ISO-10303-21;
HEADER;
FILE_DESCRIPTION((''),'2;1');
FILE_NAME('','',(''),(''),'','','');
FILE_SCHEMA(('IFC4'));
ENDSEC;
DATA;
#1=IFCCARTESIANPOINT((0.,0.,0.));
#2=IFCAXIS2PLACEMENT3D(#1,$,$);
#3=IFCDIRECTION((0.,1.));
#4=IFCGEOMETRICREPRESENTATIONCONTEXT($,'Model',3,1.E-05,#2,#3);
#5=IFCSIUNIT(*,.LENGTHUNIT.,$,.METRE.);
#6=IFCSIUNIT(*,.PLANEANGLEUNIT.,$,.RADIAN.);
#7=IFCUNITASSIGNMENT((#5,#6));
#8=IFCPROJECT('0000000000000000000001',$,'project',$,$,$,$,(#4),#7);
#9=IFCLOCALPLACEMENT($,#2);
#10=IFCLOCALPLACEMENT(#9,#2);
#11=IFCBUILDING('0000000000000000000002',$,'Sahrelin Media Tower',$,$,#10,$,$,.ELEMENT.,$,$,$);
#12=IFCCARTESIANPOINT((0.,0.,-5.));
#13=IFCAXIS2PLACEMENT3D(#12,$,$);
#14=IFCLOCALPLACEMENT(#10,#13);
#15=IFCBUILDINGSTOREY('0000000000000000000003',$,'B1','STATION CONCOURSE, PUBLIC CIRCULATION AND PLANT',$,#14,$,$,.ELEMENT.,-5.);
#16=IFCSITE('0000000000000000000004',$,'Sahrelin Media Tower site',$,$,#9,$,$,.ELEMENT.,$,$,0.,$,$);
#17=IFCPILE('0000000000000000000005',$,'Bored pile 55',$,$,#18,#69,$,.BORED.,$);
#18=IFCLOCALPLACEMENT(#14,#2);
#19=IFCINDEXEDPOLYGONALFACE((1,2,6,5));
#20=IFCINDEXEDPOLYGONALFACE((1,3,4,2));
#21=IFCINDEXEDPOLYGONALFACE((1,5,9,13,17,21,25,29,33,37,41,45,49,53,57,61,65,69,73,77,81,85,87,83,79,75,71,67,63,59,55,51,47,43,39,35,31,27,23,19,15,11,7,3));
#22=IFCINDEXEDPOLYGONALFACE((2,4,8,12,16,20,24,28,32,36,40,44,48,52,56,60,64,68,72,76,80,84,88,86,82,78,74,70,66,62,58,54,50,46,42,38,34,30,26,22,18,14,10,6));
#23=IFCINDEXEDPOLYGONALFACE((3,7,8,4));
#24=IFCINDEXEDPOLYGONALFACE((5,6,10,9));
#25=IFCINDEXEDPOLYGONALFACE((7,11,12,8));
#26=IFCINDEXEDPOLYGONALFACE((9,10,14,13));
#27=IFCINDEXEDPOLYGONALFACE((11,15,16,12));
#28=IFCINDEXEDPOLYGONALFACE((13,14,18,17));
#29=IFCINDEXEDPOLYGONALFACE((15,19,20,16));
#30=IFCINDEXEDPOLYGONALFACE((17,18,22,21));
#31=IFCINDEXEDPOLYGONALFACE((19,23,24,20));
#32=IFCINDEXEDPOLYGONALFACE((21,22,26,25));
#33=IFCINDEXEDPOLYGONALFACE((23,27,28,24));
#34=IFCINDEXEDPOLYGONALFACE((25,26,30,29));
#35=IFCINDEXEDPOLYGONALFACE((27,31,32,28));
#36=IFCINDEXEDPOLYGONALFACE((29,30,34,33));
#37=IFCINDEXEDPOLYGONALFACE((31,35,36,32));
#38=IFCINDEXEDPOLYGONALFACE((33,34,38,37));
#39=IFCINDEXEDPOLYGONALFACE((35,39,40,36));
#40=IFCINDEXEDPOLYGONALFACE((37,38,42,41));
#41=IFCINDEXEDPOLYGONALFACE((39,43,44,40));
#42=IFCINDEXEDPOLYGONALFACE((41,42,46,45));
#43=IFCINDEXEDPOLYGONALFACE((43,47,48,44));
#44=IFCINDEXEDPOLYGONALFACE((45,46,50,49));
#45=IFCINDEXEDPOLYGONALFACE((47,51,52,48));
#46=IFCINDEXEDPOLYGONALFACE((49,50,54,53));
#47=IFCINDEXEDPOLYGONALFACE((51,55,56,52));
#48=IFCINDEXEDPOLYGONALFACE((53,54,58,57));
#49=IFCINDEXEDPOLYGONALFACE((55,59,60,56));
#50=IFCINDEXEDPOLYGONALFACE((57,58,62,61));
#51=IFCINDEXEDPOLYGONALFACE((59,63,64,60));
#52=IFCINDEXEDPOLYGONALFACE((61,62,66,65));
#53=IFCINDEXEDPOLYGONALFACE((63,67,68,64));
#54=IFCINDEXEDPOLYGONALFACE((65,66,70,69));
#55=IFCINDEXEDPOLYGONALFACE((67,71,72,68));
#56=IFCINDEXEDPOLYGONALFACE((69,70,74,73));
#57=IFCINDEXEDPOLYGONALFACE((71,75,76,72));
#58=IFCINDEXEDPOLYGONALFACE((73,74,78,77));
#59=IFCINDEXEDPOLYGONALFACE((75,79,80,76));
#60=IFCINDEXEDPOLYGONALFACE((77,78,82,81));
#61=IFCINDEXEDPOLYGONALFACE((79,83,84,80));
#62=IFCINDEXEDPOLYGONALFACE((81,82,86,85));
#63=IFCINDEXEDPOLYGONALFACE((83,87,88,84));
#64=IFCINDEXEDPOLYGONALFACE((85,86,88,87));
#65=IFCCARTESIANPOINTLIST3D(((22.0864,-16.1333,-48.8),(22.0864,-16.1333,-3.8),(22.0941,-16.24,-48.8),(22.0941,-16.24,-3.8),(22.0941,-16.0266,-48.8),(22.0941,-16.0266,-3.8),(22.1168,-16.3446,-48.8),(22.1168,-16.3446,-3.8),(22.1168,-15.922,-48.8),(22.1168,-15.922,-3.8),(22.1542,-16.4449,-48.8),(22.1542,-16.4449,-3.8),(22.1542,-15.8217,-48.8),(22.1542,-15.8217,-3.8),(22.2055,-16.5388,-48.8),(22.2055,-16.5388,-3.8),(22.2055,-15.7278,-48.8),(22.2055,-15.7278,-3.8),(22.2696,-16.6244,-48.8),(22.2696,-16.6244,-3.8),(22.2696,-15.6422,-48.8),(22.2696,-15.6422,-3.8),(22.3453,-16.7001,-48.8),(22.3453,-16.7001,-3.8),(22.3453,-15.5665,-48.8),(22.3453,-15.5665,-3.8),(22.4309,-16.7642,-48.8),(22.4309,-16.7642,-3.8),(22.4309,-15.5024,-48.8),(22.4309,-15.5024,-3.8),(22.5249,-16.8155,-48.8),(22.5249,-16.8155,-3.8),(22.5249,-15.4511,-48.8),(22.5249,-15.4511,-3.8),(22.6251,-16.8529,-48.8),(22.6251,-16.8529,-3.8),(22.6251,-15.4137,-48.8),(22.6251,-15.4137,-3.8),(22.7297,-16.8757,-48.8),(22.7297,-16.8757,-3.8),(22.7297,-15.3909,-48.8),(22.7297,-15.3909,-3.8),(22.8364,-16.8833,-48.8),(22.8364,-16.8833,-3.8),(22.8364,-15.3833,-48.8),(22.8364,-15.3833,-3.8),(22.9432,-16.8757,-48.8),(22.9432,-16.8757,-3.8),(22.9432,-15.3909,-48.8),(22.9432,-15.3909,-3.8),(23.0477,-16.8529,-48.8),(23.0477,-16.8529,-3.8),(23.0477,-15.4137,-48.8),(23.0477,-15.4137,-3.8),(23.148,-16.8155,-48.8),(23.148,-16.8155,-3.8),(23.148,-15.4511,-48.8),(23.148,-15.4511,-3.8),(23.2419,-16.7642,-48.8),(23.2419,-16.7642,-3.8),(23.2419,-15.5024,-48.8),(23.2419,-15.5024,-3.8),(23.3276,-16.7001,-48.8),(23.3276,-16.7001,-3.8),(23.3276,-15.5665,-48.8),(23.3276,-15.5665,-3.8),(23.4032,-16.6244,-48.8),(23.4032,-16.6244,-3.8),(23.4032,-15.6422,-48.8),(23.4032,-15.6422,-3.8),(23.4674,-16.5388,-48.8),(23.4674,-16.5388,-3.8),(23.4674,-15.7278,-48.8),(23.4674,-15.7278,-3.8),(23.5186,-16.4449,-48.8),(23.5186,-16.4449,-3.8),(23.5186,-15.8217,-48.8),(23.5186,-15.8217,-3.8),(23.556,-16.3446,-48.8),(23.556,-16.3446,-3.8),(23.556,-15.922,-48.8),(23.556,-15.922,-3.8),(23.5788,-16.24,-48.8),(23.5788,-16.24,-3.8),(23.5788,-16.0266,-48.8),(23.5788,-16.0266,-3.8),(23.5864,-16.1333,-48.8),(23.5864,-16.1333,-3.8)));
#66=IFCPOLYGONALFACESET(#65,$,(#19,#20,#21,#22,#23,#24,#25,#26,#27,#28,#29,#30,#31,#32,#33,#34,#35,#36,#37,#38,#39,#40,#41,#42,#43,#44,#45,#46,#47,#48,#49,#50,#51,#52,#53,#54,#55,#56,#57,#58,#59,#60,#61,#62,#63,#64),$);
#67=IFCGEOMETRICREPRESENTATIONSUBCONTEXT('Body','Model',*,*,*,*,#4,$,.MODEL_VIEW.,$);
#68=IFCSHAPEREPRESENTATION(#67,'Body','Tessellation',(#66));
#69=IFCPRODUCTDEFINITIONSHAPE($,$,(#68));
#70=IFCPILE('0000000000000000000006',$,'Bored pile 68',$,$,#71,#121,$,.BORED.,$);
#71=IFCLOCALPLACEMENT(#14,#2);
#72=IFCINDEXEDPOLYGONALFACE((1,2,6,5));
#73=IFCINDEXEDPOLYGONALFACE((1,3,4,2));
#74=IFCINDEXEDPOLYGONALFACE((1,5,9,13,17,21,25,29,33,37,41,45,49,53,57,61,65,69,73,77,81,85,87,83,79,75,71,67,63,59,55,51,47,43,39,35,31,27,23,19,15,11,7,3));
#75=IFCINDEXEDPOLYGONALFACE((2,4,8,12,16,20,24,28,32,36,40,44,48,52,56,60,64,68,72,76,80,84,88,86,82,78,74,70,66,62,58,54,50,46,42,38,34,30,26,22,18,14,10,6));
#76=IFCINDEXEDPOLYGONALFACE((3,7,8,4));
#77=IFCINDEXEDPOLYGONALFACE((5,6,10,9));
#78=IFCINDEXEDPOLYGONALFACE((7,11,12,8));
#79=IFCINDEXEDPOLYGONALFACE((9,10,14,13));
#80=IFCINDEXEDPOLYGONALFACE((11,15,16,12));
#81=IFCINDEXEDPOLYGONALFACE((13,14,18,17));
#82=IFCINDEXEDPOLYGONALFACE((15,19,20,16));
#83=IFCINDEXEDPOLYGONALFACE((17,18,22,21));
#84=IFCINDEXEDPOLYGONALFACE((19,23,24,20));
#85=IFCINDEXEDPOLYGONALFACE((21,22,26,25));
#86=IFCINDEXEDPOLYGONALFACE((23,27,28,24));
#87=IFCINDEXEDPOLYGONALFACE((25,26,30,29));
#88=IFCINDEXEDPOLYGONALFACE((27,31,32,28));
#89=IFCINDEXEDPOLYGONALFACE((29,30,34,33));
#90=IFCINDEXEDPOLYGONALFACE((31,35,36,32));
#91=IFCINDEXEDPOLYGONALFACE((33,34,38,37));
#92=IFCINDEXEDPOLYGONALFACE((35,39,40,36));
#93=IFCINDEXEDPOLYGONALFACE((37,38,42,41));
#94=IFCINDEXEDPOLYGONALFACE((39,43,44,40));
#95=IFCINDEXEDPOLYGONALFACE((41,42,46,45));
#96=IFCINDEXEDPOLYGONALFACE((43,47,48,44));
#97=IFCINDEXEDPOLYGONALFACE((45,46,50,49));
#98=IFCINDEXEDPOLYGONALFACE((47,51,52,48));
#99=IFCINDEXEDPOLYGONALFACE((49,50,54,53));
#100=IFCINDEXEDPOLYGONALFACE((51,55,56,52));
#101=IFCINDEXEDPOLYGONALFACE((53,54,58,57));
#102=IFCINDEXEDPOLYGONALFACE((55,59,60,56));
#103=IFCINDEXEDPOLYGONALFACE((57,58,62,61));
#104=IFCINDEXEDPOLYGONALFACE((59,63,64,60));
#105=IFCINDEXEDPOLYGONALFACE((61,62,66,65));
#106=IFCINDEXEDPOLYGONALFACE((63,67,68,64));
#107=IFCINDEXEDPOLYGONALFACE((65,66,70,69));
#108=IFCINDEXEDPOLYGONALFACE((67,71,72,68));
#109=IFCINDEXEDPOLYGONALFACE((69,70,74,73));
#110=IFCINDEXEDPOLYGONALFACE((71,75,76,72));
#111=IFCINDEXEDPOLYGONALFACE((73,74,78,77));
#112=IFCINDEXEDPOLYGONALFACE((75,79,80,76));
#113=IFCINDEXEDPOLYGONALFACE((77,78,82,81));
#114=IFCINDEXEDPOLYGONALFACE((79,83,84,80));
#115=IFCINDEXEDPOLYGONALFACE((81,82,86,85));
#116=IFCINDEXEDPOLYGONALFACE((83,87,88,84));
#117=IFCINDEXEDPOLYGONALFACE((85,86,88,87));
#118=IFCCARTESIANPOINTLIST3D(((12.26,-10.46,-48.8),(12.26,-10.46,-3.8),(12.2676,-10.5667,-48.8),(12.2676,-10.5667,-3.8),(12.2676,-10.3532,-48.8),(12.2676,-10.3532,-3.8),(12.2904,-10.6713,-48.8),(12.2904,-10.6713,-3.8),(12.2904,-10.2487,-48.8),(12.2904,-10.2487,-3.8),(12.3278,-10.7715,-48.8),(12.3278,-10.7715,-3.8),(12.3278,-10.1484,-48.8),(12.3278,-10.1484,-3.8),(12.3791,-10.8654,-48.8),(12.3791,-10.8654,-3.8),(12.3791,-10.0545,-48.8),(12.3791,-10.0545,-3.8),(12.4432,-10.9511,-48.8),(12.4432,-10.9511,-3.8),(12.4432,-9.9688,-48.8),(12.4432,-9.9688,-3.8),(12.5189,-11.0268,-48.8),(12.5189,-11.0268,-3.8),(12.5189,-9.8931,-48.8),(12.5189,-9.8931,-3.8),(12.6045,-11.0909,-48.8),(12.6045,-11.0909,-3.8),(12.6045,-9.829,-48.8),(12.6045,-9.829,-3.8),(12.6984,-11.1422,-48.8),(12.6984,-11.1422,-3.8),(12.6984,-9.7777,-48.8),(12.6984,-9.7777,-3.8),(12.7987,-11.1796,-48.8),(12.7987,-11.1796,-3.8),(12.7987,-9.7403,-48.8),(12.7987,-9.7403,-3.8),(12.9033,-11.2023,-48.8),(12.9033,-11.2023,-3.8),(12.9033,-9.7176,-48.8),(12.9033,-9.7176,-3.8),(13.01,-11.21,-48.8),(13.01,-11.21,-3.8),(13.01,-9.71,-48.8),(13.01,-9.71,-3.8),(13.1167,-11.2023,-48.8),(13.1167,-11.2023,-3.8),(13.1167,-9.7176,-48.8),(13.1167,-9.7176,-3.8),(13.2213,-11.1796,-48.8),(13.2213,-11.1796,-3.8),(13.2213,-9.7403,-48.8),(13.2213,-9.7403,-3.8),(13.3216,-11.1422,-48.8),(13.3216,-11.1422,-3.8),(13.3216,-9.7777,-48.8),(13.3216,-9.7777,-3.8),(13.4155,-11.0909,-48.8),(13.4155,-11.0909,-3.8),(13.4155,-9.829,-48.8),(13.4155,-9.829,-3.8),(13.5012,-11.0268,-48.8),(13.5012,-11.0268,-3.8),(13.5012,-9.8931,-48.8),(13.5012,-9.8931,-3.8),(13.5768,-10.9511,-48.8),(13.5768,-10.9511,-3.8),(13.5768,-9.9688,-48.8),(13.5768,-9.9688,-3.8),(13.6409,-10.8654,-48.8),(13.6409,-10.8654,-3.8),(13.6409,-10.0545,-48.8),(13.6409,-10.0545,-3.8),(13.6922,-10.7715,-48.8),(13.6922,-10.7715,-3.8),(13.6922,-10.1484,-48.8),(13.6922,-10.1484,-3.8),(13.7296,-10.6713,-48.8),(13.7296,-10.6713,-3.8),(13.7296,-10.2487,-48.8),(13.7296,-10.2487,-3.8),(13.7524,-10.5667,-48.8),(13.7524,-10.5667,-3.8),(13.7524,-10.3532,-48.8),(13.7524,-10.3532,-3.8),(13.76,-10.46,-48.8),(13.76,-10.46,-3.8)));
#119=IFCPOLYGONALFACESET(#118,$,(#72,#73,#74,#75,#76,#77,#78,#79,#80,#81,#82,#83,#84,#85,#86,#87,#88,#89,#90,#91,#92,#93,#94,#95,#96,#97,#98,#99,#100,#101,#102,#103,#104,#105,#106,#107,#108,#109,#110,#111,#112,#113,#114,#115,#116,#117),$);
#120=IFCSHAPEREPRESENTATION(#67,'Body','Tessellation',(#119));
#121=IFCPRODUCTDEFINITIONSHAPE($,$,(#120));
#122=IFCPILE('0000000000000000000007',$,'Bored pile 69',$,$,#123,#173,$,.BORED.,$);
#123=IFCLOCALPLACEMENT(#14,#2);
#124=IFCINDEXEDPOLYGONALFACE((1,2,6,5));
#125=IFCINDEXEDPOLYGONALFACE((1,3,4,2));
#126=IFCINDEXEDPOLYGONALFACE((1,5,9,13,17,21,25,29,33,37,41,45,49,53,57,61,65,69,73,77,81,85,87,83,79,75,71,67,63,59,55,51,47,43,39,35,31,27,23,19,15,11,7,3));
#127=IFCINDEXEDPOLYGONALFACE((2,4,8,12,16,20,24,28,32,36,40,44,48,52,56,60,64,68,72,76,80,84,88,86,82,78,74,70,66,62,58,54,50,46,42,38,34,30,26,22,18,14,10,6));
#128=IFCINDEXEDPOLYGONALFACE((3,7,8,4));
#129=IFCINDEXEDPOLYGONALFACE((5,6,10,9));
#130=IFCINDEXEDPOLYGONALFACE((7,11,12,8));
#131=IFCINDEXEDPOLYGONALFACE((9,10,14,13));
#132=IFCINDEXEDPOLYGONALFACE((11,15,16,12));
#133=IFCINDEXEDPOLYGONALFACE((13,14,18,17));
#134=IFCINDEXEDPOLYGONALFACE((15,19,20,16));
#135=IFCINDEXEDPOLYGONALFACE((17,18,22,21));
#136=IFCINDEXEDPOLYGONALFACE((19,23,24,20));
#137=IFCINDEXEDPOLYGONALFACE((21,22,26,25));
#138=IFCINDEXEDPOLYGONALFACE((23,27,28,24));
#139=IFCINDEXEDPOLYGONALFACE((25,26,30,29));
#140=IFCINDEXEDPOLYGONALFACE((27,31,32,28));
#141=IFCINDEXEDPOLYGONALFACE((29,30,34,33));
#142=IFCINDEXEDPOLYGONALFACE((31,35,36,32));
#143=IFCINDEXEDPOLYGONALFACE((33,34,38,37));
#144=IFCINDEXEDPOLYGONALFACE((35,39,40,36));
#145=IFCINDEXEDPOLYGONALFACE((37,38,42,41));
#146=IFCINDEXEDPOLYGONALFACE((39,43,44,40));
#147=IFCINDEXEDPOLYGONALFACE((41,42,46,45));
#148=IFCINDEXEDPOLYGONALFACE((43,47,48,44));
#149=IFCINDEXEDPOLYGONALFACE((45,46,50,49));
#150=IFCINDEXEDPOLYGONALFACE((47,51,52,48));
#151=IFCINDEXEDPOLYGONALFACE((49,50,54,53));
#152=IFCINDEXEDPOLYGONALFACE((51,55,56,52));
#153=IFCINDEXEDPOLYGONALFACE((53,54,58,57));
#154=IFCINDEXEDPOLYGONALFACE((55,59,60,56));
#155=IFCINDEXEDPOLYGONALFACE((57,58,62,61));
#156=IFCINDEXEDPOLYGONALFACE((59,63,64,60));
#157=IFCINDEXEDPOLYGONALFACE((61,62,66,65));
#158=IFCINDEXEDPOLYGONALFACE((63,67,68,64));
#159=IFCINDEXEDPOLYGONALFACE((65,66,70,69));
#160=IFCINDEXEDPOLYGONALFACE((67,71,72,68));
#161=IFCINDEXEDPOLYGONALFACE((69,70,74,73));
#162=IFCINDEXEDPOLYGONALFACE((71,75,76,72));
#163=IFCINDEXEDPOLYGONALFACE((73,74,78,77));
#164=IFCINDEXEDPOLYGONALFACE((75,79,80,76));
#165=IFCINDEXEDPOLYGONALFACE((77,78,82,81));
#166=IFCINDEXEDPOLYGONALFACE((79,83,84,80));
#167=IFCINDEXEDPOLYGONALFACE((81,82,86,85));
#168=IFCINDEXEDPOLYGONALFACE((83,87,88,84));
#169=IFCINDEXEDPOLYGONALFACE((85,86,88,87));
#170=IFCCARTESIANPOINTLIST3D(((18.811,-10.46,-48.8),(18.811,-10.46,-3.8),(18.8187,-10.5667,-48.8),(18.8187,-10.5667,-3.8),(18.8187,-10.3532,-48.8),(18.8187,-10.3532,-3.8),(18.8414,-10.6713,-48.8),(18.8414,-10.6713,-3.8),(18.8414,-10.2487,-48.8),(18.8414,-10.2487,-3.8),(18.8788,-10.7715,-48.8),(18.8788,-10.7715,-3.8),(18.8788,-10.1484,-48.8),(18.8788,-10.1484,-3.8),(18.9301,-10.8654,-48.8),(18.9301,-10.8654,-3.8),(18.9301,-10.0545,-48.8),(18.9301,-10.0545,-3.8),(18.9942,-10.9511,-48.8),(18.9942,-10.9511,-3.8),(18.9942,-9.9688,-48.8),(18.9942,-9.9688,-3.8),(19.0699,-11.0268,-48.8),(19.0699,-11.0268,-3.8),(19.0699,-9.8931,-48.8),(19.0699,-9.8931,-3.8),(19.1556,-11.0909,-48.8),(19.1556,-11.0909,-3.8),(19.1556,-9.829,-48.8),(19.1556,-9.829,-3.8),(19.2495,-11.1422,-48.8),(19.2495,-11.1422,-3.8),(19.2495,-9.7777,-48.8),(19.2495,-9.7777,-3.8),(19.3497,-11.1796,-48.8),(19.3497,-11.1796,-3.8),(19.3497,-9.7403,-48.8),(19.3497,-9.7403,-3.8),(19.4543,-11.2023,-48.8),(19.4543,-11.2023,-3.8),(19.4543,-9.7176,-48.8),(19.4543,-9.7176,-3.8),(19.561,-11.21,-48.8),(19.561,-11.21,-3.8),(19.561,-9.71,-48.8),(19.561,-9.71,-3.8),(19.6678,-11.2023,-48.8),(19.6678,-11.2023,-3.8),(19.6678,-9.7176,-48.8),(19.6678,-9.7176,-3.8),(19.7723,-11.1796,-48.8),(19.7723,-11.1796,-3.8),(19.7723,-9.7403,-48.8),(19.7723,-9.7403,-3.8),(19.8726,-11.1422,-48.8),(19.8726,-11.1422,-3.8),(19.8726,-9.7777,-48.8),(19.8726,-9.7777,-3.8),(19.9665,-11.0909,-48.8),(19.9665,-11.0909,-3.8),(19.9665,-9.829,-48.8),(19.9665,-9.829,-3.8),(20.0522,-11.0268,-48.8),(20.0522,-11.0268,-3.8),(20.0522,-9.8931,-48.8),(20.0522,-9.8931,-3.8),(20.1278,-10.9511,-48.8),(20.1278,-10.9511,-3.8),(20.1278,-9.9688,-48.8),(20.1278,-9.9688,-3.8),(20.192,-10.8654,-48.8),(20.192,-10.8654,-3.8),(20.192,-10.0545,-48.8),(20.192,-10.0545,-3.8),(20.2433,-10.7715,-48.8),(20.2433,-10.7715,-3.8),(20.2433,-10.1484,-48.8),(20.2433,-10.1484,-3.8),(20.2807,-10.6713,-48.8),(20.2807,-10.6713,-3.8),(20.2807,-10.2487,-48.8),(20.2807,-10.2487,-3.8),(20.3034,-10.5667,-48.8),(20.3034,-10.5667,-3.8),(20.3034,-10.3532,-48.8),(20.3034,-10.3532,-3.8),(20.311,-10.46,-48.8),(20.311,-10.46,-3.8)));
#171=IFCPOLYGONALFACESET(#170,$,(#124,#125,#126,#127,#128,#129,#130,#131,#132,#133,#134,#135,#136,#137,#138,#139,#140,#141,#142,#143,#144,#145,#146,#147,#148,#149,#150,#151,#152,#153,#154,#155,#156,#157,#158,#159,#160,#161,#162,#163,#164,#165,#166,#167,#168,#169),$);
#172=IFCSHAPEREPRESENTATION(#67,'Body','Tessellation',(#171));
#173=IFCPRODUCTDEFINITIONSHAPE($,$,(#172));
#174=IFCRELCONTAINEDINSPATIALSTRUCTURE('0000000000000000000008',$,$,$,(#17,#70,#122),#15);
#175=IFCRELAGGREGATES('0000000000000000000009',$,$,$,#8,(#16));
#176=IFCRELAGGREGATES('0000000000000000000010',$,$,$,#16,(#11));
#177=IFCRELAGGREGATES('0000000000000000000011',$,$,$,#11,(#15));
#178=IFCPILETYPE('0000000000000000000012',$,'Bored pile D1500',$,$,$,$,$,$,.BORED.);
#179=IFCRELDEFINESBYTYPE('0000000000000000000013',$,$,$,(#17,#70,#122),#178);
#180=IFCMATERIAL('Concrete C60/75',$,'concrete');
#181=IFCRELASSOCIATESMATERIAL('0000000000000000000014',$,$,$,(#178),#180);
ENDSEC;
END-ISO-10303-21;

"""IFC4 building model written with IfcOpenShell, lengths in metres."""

from ifc_helpers import new_model, si_unit, direction, frame, origin, origin_2d, place, context, subcontext, project, spatial, circle, extrude, material, material_profile, profile_set, type_object, element, save


model = new_model("IFC4")

# Units and contexts
model_context = context("Model", 3, precision=1e-05, world=origin(), true_north=direction((0.0, 1.0)))
body_context = subcontext(model_context, "Body", "Model", "MODEL_VIEW")
ifc_project = project(units=[si_unit("LENGTHUNIT", "METRE"), si_unit("PLANEANGLEUNIT", "RADIAN")], contexts=[model_context])

# Site, building, storey
site_placement = place(None, origin())
site = spatial("IfcSite", under=ifc_project, at=site_placement, Name="Sahrelin Media Tower site", CompositionType="ELEMENT", RefElevation=0.0)
building_placement = place(site_placement, origin())
building = spatial("IfcBuilding", under=site, at=building_placement, Name="Sahrelin Media Tower", CompositionType="ELEMENT")
storey_placement = place(building_placement, frame((0.0, 0.0, -5.0)))
storey = spatial("IfcBuildingStorey", under=building, at=storey_placement, Name="B1", Description="STATION CONCOURSE, PUBLIC CIRCULATION AND PLANT", CompositionType="ELEMENT", Elevation=-5.0)

# Piles
ifc_material_1 = material(Name="Concrete C60/75", Category="concrete")
ifc_material_profile_1 = material_profile(ifc_material_1, circle(Radius=0.75, at=origin_2d()), Name="Bored pile D1500")
ifc_profile_set_1 = profile_set([ifc_material_profile_1], Name="Concrete C60/75")
pile_type = type_object("IfcPileType", Name="Bored pile D1500", PredefinedType="BORED", material=ifc_profile_set_1)
for number, where, z_axis, x_axis, name in (
    (1, (22.8364, -16.1333, -3.8), (0.0, 0.0, -1.0), (1.0, 0.0, 0.0), "Bored pile 55"),
    (2, (13.01, -10.46, -3.8), (0.0, 0.0, -1.0), (1.0, 0.0, 0.0), "Bored pile 68"),
    (3, (19.561, -10.46, -3.8), (0.0, 0.0, -1.0), (1.0, 0.0, 0.0), "Bored pile 69"),
):
    element("IfcPile", number, at=place(storey_placement, frame(where, z_axis=z_axis, x_axis=x_axis)), inside=storey, type_object=pile_type, Name=name, PredefinedType="BORED", context=body_context, shape_type="SweptSolid", body=[
        extrude(circle(Radius=0.75, at=origin_2d()), origin(), (0.0, 0.0, 1.0), 45.0),
    ])

save(model, "model.ifc")
